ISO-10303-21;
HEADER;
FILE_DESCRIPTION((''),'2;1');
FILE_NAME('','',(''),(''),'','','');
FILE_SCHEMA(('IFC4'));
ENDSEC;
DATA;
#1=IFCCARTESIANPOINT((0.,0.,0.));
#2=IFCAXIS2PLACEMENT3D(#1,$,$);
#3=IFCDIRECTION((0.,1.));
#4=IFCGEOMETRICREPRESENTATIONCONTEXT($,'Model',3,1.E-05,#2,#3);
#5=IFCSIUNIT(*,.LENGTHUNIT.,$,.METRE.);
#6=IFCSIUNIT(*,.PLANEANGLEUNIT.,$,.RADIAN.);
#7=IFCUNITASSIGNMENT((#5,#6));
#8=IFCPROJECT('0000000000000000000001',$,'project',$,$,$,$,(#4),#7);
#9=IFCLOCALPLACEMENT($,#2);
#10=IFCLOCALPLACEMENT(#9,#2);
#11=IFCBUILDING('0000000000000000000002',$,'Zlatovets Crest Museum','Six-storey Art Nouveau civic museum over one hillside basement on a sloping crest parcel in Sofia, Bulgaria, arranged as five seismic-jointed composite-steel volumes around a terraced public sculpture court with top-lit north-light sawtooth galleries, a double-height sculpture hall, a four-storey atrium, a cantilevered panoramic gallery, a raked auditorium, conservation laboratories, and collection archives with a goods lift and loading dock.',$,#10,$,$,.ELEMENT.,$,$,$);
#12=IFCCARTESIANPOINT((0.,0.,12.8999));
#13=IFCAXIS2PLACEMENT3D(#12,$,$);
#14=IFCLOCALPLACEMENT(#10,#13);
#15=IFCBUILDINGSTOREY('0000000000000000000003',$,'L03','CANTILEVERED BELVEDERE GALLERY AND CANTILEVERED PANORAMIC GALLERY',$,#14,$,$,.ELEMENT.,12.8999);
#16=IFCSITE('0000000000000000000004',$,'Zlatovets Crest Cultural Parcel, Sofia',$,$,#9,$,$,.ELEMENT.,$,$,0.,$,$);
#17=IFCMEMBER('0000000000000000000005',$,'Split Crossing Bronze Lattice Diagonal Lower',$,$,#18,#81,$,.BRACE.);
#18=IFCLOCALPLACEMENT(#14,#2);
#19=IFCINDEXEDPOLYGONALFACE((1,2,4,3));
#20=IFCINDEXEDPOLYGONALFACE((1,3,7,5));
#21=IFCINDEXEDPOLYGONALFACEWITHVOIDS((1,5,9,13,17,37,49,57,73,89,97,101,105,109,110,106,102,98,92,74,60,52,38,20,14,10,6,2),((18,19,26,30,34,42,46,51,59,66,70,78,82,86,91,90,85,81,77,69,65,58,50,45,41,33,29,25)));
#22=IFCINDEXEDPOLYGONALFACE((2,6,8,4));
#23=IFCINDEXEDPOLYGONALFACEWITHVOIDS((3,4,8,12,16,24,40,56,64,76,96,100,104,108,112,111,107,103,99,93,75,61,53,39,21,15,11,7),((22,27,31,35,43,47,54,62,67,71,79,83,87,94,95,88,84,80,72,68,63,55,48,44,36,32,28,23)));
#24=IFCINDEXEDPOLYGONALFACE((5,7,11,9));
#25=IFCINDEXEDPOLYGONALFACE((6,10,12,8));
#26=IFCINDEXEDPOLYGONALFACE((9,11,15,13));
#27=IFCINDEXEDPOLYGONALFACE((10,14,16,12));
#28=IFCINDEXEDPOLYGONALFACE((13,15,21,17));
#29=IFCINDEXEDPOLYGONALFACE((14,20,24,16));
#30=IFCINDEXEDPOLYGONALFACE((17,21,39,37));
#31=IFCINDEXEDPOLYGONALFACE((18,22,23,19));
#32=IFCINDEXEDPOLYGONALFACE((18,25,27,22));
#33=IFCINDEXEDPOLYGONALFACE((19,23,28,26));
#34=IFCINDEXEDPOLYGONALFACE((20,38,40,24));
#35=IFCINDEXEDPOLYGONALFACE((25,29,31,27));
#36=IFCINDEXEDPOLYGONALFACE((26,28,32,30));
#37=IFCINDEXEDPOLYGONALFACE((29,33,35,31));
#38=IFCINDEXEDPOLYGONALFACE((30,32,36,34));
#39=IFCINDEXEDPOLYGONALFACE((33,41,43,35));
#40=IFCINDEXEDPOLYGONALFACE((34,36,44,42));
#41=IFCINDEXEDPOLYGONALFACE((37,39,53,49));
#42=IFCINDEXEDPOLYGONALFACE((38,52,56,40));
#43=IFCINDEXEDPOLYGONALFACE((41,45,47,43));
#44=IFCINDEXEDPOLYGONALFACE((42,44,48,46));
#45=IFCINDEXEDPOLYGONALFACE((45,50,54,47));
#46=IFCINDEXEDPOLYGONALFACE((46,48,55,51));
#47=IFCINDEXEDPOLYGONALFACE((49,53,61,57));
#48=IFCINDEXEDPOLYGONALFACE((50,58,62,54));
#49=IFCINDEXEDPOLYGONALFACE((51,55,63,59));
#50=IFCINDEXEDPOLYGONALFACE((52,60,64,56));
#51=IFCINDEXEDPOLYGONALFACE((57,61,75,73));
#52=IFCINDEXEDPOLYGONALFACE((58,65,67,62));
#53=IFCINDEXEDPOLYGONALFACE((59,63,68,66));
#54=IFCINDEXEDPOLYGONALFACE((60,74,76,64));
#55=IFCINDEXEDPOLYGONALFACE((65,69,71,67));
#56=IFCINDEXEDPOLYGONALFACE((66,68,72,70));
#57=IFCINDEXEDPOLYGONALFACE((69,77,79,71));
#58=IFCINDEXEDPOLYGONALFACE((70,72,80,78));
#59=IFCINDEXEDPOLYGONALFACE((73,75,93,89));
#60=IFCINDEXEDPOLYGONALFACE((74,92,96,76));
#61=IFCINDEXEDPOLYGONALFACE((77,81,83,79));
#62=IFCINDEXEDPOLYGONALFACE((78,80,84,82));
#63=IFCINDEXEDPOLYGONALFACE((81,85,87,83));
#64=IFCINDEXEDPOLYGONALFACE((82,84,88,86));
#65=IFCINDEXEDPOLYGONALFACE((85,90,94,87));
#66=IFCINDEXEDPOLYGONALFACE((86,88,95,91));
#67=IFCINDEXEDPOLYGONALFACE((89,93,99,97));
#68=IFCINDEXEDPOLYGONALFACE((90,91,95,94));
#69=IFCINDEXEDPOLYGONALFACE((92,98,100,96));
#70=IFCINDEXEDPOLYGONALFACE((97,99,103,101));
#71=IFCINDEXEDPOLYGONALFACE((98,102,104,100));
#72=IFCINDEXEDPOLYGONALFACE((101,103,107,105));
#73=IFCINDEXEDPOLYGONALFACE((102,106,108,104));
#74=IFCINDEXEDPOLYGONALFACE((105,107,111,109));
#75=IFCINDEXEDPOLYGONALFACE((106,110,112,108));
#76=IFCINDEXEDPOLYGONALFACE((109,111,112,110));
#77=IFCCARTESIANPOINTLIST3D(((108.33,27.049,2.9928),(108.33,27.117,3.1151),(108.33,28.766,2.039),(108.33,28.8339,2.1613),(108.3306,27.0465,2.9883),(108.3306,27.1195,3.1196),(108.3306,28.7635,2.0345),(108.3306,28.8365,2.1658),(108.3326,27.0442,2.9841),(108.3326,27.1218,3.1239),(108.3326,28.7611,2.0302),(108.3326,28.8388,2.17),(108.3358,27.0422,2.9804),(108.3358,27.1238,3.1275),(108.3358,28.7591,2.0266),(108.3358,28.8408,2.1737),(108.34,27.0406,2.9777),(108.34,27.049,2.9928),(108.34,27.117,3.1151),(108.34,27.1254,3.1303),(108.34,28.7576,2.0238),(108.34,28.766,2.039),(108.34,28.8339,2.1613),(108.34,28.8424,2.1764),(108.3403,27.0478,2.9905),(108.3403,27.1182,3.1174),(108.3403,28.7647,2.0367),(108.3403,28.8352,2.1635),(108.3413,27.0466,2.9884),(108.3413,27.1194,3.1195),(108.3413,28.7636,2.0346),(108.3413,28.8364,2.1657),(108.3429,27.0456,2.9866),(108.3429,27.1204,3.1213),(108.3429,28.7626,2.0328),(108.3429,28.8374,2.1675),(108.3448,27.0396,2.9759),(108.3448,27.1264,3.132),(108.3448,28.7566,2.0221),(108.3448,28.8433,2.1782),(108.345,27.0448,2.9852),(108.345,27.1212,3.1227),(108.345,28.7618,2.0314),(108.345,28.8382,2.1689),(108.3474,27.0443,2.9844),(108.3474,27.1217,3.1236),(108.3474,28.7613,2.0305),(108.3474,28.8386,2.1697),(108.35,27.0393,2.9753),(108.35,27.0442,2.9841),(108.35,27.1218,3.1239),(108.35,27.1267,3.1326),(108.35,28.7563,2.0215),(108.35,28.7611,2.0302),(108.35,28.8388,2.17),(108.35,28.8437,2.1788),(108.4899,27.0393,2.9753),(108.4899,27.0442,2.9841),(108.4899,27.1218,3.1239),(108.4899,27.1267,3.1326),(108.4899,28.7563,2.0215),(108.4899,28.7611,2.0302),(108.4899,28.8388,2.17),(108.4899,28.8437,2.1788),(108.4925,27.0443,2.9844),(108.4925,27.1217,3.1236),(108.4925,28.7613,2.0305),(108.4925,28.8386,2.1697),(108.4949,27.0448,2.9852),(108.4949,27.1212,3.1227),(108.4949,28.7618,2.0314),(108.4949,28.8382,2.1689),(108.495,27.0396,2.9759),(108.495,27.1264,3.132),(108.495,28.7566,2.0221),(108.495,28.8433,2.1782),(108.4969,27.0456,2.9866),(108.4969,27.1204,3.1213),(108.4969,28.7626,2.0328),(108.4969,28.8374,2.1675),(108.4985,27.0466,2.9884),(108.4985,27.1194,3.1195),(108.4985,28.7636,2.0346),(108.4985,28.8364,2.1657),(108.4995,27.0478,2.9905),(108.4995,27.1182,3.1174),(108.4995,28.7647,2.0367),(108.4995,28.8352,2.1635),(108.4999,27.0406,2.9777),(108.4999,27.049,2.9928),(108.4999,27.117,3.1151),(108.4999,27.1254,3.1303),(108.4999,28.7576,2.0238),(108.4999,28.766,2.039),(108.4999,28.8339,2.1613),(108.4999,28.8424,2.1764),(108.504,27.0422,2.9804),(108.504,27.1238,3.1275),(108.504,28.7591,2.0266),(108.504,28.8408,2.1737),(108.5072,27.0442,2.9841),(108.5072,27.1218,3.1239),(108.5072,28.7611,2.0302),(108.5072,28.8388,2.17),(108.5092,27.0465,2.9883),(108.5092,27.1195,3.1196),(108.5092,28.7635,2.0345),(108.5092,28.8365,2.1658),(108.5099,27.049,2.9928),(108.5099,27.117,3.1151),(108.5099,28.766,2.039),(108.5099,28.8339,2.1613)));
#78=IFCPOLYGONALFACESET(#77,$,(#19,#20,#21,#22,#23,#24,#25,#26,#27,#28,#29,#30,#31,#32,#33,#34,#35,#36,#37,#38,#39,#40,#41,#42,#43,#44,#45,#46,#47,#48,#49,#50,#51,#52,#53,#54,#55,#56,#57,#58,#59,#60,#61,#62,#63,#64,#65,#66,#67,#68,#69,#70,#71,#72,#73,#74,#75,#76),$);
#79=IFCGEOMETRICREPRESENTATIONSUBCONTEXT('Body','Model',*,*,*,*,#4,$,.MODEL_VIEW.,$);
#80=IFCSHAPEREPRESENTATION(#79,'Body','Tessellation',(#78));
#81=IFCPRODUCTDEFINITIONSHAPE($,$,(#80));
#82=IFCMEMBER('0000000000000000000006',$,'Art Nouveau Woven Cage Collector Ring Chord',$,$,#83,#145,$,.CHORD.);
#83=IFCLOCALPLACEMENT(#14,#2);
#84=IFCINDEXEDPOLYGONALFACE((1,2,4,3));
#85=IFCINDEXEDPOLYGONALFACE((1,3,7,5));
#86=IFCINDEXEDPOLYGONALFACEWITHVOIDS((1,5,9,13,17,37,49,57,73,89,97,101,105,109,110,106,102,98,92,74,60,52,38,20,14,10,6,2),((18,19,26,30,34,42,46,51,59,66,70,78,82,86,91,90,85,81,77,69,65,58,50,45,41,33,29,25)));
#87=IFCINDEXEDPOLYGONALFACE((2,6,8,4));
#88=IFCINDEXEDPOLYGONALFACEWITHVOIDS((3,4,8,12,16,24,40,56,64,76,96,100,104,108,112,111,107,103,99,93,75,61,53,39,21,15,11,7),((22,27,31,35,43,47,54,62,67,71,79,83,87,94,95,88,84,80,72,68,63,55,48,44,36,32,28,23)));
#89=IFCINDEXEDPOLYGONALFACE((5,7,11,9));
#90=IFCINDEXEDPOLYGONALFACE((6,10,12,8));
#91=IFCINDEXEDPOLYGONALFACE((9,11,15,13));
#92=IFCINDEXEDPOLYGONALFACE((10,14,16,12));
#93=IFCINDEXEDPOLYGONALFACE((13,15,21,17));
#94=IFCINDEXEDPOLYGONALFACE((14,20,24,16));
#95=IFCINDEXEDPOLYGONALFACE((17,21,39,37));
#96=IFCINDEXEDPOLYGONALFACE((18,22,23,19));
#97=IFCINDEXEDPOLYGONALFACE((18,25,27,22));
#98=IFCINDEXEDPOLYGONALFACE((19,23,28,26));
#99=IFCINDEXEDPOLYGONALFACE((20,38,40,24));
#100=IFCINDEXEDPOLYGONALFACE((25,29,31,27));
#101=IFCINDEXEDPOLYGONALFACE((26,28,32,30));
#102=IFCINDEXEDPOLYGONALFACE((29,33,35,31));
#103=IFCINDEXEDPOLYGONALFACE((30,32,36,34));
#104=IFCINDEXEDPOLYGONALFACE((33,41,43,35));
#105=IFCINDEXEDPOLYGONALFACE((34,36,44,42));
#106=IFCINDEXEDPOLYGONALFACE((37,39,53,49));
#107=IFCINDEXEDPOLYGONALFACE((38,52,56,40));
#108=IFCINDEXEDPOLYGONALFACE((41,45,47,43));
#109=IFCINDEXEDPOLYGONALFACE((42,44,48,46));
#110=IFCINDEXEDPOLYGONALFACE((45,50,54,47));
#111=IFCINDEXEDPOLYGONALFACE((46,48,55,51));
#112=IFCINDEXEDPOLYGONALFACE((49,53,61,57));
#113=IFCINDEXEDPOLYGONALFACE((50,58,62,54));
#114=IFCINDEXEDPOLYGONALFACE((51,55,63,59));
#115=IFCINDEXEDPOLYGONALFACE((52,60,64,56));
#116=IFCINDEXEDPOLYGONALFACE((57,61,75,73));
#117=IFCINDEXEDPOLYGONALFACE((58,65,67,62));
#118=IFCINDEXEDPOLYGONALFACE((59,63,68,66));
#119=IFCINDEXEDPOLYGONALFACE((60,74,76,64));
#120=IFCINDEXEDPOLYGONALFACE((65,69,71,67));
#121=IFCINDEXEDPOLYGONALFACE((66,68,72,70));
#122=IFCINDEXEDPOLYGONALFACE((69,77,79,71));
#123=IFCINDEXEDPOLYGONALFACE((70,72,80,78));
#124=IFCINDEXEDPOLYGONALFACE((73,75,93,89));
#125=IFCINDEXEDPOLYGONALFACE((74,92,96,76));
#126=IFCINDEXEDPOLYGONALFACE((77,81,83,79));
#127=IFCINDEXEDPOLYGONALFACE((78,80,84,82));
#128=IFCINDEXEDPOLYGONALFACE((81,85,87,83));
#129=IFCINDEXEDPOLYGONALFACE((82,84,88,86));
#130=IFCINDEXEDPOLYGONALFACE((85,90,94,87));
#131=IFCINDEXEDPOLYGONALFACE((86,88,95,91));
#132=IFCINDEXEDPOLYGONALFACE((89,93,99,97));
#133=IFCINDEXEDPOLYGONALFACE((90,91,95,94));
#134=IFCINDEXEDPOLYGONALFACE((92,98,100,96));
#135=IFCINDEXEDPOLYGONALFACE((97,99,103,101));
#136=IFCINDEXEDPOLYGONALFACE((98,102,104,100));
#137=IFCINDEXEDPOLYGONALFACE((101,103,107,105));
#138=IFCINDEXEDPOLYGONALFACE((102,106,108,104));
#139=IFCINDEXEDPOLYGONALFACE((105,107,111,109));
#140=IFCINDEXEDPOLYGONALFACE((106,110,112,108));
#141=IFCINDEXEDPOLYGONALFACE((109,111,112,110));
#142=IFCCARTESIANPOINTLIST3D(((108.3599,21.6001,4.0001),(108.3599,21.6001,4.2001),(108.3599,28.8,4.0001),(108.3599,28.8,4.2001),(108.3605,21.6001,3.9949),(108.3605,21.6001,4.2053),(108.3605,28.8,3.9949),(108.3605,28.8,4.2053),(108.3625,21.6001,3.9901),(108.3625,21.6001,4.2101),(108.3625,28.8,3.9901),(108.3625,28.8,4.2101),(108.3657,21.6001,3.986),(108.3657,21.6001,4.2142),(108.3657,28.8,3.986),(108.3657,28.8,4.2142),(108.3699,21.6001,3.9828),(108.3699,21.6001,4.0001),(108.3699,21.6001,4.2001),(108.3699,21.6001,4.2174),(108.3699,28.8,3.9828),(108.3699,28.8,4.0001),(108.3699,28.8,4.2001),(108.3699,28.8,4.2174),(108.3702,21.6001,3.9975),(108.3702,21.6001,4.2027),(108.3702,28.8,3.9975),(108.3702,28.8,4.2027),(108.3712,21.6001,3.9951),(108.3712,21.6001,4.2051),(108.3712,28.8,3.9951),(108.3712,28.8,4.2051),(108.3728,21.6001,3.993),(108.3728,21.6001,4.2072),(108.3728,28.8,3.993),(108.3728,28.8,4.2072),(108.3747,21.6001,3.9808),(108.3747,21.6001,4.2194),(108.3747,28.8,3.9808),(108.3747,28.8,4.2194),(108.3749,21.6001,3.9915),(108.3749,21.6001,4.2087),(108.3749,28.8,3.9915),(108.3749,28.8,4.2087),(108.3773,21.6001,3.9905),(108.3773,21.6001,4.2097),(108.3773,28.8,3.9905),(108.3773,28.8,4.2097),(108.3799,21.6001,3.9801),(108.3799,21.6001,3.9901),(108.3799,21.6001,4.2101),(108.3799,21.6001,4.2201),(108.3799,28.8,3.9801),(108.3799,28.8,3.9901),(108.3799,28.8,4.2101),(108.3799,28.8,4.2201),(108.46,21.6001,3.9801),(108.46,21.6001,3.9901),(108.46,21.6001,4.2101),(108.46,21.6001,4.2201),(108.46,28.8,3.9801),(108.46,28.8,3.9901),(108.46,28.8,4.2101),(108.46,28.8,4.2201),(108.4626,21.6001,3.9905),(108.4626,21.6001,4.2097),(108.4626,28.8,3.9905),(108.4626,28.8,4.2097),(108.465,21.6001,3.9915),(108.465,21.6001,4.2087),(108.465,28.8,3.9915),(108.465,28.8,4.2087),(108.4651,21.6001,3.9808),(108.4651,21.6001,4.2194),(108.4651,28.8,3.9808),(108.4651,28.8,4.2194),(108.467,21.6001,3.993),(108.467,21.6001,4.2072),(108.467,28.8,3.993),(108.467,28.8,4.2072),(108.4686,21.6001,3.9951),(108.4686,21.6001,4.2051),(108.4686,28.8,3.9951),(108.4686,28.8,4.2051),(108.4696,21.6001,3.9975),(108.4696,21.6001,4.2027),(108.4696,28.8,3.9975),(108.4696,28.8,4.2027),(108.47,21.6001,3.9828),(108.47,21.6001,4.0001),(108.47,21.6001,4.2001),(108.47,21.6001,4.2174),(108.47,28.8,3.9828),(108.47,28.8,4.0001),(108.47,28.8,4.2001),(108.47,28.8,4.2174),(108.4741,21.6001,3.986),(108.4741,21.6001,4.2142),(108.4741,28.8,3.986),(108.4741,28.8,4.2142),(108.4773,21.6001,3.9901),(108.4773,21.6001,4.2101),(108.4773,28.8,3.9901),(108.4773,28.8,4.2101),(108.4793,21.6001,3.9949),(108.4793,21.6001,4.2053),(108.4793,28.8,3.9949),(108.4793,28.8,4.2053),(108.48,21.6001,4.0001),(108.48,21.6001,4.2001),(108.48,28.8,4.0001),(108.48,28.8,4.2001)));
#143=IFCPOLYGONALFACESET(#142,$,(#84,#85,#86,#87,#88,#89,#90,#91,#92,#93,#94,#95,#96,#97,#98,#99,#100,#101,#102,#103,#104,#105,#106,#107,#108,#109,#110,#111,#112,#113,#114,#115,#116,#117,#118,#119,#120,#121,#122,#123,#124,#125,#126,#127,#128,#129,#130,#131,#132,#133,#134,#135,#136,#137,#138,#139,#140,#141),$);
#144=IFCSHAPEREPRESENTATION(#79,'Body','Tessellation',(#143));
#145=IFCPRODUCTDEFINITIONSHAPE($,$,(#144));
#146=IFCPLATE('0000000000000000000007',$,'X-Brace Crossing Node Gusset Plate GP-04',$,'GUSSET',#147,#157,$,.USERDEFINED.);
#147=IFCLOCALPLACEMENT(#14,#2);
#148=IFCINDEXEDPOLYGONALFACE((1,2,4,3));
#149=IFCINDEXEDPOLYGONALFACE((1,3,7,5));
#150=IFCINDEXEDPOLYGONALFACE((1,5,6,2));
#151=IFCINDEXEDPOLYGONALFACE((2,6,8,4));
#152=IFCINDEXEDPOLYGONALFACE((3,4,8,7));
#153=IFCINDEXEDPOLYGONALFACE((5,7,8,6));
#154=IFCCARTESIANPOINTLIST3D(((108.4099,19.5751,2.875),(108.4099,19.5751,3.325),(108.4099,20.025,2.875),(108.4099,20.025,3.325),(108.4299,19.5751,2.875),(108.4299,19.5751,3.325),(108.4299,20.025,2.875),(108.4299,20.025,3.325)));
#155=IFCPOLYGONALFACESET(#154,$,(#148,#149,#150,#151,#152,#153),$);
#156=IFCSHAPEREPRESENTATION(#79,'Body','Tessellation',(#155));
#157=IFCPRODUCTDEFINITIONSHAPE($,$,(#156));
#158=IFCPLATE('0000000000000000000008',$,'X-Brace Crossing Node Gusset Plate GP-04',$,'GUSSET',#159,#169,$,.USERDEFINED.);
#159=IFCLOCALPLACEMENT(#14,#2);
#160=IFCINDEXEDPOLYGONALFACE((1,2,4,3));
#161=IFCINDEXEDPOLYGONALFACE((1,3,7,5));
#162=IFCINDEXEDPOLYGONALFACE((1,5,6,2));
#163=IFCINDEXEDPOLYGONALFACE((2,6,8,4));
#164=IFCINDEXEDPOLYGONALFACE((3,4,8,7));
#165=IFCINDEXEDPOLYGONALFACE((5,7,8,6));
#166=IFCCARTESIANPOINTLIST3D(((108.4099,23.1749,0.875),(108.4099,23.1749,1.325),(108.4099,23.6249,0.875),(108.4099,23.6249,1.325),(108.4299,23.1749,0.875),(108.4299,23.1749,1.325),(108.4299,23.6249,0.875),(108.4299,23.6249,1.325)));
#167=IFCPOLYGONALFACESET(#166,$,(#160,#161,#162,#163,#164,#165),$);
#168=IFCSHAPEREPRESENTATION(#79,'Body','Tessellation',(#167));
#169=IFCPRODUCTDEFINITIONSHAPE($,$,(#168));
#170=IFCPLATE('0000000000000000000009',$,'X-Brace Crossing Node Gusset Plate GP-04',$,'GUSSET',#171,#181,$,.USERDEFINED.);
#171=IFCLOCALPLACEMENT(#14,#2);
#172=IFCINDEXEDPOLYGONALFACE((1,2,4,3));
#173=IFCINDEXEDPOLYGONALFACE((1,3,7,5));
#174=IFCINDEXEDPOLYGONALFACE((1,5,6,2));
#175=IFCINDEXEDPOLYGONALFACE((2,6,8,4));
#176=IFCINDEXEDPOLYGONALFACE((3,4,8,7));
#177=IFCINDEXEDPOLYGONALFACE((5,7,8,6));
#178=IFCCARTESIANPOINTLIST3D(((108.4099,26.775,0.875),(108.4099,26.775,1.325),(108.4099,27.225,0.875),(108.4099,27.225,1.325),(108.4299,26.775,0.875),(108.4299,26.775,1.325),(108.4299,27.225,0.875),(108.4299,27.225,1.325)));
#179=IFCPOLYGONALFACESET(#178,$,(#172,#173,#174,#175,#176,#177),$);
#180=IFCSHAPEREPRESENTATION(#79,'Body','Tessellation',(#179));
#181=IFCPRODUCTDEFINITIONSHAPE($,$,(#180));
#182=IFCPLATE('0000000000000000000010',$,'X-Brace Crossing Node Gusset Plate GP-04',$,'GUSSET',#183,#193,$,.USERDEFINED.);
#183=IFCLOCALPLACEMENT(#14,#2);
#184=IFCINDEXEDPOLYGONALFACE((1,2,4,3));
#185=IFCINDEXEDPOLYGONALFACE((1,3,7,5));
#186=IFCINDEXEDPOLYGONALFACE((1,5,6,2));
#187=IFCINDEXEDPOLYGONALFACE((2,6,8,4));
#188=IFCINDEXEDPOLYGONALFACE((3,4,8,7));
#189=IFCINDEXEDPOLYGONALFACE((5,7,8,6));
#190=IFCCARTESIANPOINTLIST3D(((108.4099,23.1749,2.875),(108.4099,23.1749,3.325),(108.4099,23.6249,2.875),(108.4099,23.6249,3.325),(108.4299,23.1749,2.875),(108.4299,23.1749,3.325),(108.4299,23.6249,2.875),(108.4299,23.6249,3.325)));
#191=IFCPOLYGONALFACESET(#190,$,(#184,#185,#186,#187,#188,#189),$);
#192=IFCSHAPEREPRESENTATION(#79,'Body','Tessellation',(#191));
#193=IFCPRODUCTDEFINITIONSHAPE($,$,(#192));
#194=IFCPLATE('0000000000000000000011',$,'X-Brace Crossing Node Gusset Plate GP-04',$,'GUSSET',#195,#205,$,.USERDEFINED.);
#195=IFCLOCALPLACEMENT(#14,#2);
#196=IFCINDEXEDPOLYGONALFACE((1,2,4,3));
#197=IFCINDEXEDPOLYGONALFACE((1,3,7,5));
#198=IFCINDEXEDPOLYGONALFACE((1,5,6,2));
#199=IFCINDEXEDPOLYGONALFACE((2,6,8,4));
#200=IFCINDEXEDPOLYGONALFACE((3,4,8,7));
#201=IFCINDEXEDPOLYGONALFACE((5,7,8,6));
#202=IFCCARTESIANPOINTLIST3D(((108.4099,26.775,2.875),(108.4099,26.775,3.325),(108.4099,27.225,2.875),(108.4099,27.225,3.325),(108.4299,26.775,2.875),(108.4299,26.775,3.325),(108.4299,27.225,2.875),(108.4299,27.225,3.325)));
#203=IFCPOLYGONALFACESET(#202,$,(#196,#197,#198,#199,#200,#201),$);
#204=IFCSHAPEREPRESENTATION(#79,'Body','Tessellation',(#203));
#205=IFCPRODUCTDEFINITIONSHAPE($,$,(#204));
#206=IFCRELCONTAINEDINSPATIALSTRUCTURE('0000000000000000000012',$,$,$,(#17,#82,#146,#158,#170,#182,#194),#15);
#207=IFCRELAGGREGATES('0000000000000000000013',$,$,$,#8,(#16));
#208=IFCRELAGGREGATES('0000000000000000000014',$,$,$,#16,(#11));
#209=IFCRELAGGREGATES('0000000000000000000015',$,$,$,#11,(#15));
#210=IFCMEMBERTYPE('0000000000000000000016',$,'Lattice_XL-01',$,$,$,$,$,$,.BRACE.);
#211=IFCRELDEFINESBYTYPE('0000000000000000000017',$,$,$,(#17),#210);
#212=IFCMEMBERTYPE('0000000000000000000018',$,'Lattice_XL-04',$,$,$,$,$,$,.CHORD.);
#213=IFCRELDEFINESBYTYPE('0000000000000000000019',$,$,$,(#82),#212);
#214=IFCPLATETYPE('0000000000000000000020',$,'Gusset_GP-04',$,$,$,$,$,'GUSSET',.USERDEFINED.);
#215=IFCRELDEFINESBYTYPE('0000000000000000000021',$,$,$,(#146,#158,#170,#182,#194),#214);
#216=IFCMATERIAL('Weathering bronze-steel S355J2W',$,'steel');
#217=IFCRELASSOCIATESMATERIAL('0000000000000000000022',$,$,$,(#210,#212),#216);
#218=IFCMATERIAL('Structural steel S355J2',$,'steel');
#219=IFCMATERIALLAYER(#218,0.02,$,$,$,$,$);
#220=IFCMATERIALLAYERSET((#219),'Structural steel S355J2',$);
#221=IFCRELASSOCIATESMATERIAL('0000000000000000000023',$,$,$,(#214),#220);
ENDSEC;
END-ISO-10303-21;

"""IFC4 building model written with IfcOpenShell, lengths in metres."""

from ifc_helpers import new_model, si_unit, direction, frame, origin, origin_2d, place, context, subcontext, project, spatial, rectangle, hollow_rectangle, extrude, material, layer, layer_set, material_profile, profile_set, type_object, element, save


model = new_model("IFC4")

# Units and contexts
model_context = context("Model", 3, precision=1e-05, world=origin(), true_north=direction((0.0, 1.0)))
body_context = subcontext(model_context, "Body", "Model", "MODEL_VIEW")
ifc_project = project(units=[si_unit("LENGTHUNIT", "METRE"), si_unit("PLANEANGLEUNIT", "RADIAN")], contexts=[model_context])

# Site, building, storey
site_placement = place(None, origin())
site = spatial("IfcSite", under=ifc_project, at=site_placement, Name="Zlatovets Crest Cultural Parcel, Sofia", CompositionType="ELEMENT", RefElevation=0.0)
building_placement = place(site_placement, origin())
building = spatial("IfcBuilding", under=site, at=building_placement, Name="Zlatovets Crest Museum", Description="Six-storey Art Nouveau civic museum over one hillside basement on a sloping crest parcel in Sofia, Bulgaria, arranged as five seismic-jointed composite-steel volumes around a terraced public sculpture court with top-lit north-light sawtooth galleries, a double-height sculpture hall, a four-storey atrium, a cantilevered panoramic gallery, a raked auditorium, conservation laboratories, and collection archives with a goods lift and loading dock.", CompositionType="ELEMENT")
storey_placement = place(building_placement, frame((0.0, 0.0, 12.8999)))
storey = spatial("IfcBuildingStorey", under=building, at=storey_placement, Name="L03", Description="CANTILEVERED BELVEDERE GALLERY AND CANTILEVERED PANORAMIC GALLERY", CompositionType="ELEMENT", Elevation=12.8999)

# Shared definitions
ifc_material_1 = material(Name="Structural steel S355J2", Category="steel")

# Members
ifc_material_2 = material(Name="Weathering bronze-steel S355J2W", Category="steel")
ifc_material_profile_1 = material_profile(ifc_material_2, hollow_rectangle(XDim=0.1799, YDim=0.1799, WallThickness=0.01, InnerFilletRadius=0.01, OuterFilletRadius=0.02, at=origin_2d()), Name="SHS 180x180x10.0")
ifc_profile_set_1 = profile_set([ifc_material_profile_1], Name="Weathering bronze-steel S355J2W")
member_type_1 = type_object("IfcMemberType", Name="Lattice_XL-01", PredefinedType="BRACE", material=ifc_profile_set_1)
for number, where, z_axis, x_axis, name in (
    (1, (108.4199, 27.083, 3.054), (0.0, 0.874169, -0.485622), (-1.0, 0.0, 0.0), "Split Crossing Bronze Lattice Diagonal Lower"),
):
    element("IfcMember", number, at=place(storey_placement, frame(where, z_axis=z_axis, x_axis=x_axis)), inside=storey, type_object=member_type_1, Name=name, PredefinedType="BRACE", context=body_context, shape_type="SweptSolid", body=[
        extrude(hollow_rectangle(XDim=0.1799, YDim=0.1799, WallThickness=0.01, InnerFilletRadius=0.01, OuterFilletRadius=0.02, at=origin_2d()), origin(), (0.0, 0.0, 1.0), 1.9641),
    ])
ifc_material_profile_2 = material_profile(ifc_material_2, hollow_rectangle(XDim=0.1201, YDim=0.24, WallThickness=0.01, InnerFilletRadius=0.01, OuterFilletRadius=0.02, at=origin_2d()), Name="RHS 120x240x10.0")
ifc_profile_set_2 = profile_set([ifc_material_profile_2], Name="Weathering bronze-steel S355J2W")
member_type_2 = type_object("IfcMemberType", Name="Lattice_XL-04", PredefinedType="CHORD", material=ifc_profile_set_2)
member_1_placement = place(storey_placement, frame((108.4199, 21.6001, 4.1001), z_axis=(0.0, 1.0, 0.0), x_axis=(-1.0, 0.0, 0.0)))
element("IfcMember", 2, at=member_1_placement, inside=storey, type_object=member_type_2, Name="Art Nouveau Woven Cage Collector Ring Chord", PredefinedType="CHORD", context=body_context, shape_type="SweptSolid", body=[
    extrude(hollow_rectangle(XDim=0.1201, YDim=0.24, WallThickness=0.01, InnerFilletRadius=0.01, OuterFilletRadius=0.02, at=origin_2d()), origin(), (0.0, 0.0, 1.0), 7.2),
])

# Plates
ifc_layer = layer(ifc_material_1, 0.02)
ifc_layer_set = layer_set([ifc_layer], Name="Structural steel S355J2")
plate_type = type_object("IfcPlateType", Name="Gusset_GP-04", ElementType="GUSSET", PredefinedType="USERDEFINED", material=ifc_layer_set)
for number, where, z_axis, x_axis, name in (
    (3, (108.4199, 19.8, 2.875), (0.0, 0.0, 1.0), (1.0, 0.0, 0.0), "X-Brace Crossing Node Gusset Plate GP-04"),
    (4, (108.4199, 23.3999, 0.875), (0.0, 0.0, 1.0), (1.0, 0.0, 0.0), "X-Brace Crossing Node Gusset Plate GP-04"),
    (5, (108.4199, 27.0, 0.875), (0.0, 0.0, 1.0), (1.0, 0.0, 0.0), "X-Brace Crossing Node Gusset Plate GP-04"),
    (6, (108.4199, 23.3999, 2.875), (0.0, 0.0, 1.0), (1.0, 0.0, 0.0), "X-Brace Crossing Node Gusset Plate GP-04"),
    (7, (108.4199, 27.0, 2.875), (0.0, 0.0, 1.0), (1.0, 0.0, 0.0), "X-Brace Crossing Node Gusset Plate GP-04"),
):
    element("IfcPlate", number, at=place(storey_placement, frame(where, z_axis=z_axis, x_axis=x_axis)), inside=storey, type_object=plate_type, Name=name, ObjectType="GUSSET", PredefinedType="USERDEFINED", context=body_context, shape_type="SweptSolid", body=[
        extrude(rectangle(XDim=0.02, YDim=0.45, at=origin_2d()), origin(), (0.0, 0.0, 1.0), 0.45),
    ])

save(model, "model.ifc")
